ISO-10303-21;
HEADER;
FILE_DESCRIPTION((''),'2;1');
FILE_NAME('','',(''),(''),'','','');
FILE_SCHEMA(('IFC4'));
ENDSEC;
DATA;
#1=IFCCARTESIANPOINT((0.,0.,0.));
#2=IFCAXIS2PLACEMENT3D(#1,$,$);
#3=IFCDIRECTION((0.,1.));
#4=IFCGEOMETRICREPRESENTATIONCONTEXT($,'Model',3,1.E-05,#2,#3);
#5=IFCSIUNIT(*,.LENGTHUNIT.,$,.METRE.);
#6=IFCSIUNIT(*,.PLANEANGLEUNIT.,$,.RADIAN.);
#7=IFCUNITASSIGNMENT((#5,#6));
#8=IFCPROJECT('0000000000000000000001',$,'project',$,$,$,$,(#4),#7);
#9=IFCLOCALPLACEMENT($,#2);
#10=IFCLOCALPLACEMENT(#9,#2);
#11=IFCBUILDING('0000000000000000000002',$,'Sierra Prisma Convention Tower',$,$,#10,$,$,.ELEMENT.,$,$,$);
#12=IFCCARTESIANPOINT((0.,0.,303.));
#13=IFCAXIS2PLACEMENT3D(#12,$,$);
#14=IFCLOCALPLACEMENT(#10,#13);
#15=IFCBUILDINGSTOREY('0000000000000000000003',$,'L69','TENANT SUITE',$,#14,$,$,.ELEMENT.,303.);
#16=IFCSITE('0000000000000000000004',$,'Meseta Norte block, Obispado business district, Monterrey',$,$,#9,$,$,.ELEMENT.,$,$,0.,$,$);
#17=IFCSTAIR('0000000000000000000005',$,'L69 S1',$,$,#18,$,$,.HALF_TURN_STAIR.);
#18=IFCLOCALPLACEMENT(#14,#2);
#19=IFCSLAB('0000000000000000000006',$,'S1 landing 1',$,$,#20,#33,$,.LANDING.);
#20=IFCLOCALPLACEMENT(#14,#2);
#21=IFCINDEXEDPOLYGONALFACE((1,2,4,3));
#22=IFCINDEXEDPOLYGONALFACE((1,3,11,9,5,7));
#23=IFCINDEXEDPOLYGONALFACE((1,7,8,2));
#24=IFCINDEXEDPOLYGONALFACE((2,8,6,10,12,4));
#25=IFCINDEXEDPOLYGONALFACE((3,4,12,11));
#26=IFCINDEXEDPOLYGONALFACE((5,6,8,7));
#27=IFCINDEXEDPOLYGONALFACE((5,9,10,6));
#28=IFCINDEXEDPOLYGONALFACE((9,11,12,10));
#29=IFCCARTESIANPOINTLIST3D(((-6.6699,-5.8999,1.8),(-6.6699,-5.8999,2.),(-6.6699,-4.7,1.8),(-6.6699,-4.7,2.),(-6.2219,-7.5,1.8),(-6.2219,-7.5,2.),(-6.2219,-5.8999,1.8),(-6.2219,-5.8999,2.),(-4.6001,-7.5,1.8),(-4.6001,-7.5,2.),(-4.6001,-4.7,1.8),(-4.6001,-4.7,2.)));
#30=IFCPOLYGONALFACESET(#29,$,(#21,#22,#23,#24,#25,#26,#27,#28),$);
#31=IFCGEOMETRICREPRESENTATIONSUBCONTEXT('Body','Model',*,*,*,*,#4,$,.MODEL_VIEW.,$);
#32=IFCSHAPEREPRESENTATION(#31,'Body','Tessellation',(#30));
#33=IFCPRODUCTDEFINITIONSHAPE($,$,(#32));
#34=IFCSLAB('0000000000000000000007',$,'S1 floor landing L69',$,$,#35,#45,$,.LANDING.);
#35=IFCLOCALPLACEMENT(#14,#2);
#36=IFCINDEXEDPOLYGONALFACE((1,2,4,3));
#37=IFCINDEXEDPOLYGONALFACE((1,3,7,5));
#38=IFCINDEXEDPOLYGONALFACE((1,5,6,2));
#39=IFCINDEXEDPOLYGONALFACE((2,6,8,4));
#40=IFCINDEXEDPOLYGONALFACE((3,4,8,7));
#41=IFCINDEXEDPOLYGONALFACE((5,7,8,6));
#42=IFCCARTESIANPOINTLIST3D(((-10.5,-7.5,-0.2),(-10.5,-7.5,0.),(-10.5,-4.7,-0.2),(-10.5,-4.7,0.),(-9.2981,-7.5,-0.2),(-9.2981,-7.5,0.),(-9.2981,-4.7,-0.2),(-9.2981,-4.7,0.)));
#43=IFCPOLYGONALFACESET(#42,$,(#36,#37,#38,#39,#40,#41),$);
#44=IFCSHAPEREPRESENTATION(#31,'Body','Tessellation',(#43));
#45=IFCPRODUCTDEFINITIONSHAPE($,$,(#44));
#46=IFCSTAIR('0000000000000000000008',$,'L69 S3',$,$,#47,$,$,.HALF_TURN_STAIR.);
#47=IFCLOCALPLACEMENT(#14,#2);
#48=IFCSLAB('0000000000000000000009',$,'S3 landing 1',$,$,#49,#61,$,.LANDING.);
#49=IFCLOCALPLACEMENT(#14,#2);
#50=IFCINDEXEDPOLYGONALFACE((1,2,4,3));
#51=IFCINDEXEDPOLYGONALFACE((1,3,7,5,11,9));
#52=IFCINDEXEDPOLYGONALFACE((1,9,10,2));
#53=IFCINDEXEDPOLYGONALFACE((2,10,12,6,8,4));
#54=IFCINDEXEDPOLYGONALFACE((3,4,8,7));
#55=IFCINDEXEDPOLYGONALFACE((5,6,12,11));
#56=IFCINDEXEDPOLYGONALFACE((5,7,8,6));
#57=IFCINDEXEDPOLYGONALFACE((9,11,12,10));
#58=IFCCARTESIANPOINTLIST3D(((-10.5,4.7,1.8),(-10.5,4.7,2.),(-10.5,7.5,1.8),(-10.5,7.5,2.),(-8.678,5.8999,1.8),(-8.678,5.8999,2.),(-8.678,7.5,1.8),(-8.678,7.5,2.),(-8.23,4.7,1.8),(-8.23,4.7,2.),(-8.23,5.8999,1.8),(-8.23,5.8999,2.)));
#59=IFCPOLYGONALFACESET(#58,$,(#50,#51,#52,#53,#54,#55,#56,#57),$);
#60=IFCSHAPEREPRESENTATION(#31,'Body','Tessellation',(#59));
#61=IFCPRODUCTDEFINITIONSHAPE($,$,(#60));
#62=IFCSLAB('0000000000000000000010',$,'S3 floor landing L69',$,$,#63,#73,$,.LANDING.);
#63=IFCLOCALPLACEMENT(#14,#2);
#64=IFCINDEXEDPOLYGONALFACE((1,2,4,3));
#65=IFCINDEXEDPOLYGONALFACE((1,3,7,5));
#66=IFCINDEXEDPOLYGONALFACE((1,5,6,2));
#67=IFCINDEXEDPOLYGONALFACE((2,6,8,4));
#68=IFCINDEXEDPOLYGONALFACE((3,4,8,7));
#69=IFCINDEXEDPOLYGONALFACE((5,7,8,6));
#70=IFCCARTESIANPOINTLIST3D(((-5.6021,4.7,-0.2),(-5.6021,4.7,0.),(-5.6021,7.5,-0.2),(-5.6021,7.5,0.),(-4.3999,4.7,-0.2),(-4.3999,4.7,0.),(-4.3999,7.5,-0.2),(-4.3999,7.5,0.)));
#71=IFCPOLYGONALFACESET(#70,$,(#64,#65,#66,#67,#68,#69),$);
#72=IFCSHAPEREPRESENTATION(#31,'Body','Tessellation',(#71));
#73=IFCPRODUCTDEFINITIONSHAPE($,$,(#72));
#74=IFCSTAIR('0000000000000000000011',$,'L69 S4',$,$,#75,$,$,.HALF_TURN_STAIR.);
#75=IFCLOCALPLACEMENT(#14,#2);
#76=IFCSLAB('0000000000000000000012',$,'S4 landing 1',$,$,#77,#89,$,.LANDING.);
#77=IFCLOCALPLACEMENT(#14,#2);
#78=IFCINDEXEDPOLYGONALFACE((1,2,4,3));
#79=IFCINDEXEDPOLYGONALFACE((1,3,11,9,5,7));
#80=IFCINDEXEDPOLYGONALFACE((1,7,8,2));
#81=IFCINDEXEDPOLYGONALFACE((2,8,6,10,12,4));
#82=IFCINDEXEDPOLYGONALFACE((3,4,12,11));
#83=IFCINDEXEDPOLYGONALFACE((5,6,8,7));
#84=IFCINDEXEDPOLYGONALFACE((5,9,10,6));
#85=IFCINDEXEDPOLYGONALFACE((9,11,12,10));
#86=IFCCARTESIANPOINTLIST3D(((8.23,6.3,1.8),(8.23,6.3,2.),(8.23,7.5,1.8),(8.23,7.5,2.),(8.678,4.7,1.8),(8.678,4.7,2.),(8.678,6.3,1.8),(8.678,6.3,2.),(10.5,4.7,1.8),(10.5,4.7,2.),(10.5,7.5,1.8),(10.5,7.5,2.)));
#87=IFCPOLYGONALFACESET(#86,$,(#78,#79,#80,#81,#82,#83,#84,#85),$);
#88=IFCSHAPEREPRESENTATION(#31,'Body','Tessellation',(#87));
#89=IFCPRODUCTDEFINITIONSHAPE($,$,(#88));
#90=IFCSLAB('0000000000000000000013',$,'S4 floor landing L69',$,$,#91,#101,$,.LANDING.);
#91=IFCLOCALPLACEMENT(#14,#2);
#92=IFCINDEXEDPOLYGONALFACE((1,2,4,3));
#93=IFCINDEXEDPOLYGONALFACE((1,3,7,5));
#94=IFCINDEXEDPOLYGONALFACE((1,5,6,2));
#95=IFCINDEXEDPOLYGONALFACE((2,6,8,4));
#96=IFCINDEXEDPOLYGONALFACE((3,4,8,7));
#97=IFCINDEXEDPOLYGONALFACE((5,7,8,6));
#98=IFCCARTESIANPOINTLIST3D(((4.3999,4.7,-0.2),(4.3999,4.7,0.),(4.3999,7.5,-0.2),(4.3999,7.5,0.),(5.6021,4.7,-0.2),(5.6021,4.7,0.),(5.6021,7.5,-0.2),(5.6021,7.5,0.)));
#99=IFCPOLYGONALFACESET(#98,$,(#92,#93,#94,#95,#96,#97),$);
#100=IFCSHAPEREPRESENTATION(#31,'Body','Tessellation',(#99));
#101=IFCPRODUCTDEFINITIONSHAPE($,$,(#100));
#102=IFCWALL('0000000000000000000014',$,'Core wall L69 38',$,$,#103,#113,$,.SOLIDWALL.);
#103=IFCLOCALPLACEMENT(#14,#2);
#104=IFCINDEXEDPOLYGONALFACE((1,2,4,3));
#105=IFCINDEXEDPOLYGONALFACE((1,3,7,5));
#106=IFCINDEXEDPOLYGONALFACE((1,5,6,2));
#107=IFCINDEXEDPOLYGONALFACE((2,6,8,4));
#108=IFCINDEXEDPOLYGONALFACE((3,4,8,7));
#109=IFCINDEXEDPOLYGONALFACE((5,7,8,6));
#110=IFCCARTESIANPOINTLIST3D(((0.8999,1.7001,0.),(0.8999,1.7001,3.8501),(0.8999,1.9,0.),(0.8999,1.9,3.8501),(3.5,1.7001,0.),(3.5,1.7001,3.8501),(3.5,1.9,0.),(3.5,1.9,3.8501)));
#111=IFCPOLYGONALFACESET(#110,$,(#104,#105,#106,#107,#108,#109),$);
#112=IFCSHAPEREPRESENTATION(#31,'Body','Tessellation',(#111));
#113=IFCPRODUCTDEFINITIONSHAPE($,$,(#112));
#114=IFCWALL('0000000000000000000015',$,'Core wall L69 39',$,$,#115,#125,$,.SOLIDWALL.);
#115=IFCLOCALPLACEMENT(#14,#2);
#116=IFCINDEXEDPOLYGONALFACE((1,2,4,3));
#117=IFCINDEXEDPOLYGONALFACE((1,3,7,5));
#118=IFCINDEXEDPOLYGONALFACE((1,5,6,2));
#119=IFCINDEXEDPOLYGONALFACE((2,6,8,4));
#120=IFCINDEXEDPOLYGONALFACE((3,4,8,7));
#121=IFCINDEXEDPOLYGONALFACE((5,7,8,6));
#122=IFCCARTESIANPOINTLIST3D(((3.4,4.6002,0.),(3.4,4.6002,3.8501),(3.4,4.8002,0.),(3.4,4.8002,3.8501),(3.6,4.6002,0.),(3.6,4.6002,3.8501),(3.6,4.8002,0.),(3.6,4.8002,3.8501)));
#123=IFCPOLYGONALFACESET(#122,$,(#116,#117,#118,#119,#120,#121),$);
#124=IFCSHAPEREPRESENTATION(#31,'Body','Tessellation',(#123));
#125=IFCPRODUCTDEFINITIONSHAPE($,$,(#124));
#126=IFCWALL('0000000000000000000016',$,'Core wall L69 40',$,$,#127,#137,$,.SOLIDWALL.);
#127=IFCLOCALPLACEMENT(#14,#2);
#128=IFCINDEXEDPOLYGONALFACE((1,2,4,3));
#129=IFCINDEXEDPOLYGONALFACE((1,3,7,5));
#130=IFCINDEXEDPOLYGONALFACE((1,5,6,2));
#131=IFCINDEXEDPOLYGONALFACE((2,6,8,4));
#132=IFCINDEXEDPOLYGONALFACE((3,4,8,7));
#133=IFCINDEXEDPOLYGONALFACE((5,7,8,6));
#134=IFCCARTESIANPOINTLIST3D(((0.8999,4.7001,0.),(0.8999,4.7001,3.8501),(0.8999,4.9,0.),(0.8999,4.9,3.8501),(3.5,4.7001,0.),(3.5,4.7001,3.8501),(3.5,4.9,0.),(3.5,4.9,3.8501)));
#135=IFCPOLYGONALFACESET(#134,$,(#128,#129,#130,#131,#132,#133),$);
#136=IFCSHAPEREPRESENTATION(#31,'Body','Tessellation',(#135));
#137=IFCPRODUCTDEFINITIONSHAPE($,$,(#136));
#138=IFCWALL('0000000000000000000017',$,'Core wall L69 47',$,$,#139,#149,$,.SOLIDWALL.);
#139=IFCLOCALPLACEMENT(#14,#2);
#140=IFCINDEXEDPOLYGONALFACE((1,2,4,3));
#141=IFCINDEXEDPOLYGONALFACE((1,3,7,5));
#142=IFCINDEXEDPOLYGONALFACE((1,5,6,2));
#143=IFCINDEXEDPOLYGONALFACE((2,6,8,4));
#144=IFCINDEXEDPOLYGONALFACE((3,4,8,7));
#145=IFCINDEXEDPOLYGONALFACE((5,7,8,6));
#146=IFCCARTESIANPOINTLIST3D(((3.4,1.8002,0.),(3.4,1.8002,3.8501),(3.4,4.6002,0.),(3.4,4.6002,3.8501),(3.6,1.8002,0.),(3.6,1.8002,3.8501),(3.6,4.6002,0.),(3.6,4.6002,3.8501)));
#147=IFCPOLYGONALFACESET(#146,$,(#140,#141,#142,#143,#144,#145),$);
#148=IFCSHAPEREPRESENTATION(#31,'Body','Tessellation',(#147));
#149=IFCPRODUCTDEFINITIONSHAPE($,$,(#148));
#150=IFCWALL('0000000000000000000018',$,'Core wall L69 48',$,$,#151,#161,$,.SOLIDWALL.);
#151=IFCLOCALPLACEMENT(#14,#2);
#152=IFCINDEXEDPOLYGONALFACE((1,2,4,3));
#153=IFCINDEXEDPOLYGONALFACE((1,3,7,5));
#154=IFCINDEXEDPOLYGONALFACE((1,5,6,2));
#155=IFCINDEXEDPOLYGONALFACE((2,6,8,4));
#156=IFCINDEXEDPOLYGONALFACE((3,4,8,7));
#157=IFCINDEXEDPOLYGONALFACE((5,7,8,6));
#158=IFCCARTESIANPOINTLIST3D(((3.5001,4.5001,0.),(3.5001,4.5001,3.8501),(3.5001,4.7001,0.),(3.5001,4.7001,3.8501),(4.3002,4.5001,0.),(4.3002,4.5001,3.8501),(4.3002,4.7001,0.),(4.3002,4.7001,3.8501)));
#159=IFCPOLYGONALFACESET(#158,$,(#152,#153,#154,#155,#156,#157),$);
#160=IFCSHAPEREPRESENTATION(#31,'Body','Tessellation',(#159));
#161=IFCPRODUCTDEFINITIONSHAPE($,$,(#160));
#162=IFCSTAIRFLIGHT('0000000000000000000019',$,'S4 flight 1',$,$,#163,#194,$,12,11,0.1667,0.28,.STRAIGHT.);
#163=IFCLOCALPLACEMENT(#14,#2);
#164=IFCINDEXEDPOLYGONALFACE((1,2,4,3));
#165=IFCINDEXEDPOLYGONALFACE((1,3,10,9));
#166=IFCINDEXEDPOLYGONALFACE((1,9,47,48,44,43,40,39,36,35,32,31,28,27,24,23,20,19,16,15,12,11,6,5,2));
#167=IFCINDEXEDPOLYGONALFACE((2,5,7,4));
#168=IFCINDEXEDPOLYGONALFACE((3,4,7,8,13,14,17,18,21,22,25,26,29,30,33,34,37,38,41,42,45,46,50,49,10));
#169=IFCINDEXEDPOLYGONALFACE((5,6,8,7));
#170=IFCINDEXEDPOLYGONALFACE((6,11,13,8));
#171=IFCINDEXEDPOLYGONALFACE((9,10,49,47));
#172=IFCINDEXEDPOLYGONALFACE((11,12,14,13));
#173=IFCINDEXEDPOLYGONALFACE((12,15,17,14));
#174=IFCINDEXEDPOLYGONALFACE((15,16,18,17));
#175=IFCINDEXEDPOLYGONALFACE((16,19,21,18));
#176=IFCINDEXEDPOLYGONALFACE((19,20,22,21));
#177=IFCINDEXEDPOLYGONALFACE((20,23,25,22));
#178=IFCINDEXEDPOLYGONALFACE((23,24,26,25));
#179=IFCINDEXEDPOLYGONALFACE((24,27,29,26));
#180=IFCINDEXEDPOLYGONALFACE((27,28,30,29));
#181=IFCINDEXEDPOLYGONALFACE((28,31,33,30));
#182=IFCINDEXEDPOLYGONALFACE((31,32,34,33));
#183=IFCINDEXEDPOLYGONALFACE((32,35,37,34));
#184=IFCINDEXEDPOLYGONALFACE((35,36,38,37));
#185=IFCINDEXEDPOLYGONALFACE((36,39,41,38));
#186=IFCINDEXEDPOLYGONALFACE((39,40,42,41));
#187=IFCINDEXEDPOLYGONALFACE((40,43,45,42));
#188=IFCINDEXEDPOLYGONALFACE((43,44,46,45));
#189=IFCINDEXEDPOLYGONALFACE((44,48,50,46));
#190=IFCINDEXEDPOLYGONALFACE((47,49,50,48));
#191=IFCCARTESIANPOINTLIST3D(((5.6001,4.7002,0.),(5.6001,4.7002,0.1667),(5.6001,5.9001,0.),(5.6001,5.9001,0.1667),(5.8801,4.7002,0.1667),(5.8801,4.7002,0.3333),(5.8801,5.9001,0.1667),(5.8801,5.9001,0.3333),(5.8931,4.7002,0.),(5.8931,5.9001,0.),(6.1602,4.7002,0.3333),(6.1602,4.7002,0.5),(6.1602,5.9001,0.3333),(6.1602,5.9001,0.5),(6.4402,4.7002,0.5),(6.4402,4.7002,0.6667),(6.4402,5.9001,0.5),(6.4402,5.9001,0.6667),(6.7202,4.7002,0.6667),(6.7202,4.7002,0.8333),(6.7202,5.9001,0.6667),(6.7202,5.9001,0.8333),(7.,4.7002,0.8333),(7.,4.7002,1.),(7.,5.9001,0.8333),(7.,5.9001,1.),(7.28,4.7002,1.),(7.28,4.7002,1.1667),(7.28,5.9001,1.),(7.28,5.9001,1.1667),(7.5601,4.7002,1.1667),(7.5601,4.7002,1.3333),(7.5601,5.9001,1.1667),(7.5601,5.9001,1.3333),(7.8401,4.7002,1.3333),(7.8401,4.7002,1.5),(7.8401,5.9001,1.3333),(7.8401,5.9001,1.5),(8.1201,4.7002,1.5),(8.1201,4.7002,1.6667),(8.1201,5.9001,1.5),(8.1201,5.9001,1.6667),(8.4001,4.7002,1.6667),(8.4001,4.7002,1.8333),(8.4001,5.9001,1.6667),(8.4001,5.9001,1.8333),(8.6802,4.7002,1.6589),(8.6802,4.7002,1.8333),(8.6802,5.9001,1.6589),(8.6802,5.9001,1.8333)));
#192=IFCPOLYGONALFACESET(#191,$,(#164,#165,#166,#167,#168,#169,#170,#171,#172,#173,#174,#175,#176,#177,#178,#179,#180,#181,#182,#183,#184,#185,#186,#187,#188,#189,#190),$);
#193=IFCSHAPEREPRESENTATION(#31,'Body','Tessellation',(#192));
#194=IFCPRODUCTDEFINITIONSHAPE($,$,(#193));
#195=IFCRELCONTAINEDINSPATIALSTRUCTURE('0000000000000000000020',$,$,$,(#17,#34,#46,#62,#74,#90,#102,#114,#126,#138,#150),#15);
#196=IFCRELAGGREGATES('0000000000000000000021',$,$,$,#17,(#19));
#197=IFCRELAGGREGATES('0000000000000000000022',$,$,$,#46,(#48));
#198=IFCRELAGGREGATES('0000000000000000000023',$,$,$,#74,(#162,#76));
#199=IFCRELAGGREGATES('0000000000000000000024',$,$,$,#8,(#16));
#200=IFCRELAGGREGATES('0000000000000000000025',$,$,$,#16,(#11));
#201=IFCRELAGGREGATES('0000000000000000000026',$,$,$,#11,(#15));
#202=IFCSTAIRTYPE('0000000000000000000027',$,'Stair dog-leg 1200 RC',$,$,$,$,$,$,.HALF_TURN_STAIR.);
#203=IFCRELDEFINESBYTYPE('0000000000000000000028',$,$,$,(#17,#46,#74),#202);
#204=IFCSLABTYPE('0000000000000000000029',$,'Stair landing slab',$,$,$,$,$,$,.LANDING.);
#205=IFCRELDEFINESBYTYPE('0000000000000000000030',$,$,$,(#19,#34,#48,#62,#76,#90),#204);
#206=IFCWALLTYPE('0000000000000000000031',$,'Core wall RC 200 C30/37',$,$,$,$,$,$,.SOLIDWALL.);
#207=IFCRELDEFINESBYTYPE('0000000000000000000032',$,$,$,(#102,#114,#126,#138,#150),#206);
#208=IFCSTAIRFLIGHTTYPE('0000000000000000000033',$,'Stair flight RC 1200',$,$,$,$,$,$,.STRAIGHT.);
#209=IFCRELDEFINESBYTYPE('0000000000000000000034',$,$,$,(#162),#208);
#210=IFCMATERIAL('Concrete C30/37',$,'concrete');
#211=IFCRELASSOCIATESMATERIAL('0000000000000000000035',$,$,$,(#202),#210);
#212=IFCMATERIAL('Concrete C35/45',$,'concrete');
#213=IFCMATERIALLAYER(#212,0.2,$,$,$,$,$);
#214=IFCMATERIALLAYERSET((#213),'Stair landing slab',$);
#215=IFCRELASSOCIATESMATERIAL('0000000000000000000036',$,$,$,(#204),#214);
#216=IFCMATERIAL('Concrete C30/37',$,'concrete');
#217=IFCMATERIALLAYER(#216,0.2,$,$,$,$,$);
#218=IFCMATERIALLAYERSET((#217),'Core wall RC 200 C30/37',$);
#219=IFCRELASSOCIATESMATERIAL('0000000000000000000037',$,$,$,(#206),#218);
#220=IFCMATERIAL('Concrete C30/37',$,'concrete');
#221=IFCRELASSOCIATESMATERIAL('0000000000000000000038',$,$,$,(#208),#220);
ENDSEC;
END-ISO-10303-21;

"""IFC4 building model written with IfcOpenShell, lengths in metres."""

from ifc_helpers import new_model, si_unit, direction, frame, frame_2d, origin, place, context, subcontext, project, spatial, polyline, rectangle, outline, extrude, material, layer, layer_set, type_object, element, aggregate, save


model = new_model("IFC4")

# Units and contexts
model_context = context("Model", 3, precision=1e-05, world=origin(), true_north=direction((0.0, 1.0)))
body_context = subcontext(model_context, "Body", "Model", "MODEL_VIEW")
ifc_project = project(units=[si_unit("LENGTHUNIT", "METRE"), si_unit("PLANEANGLEUNIT", "RADIAN")], contexts=[model_context])

# Site, building, storey
site_placement = place(None, origin())
site = spatial("IfcSite", under=ifc_project, at=site_placement, Name="Meseta Norte block, Obispado business district, Monterrey", CompositionType="ELEMENT", RefElevation=0.0)
building_placement = place(site_placement, origin())
building = spatial("IfcBuilding", under=site, at=building_placement, Name="Sierra Prisma Convention Tower", CompositionType="ELEMENT")
storey_placement = place(building_placement, frame((0.0, 0.0, 303.0)))
storey = spatial("IfcBuildingStorey", under=building, at=storey_placement, Name="L69", Description="TENANT SUITE", CompositionType="ELEMENT", Elevation=303.0)

# Stair, slab
ifc_material_1 = material(Name="Concrete C30/37", Category="concrete")
stair_type = type_object("IfcStairType", Name="Stair dog-leg 1200 RC", PredefinedType="HALF_TURN_STAIR", material=ifc_material_1)
stair_1_placement = place(storey_placement, origin())
stair_1 = element("IfcStair", 1, at=stair_1_placement, inside=storey, type_object=stair_type, Name="L69 S1", PredefinedType="HALF_TURN_STAIR")
ifc_material_2 = material(Name="Concrete C35/45", Category="concrete")
ifc_layer_1 = layer(ifc_material_2, 0.2)
ifc_layer_set_1 = layer_set([ifc_layer_1], Name="Stair landing slab")
slab_type = type_object("IfcSlabType", Name="Stair landing slab", PredefinedType="LANDING", material=ifc_layer_set_1)
slab_1_placement = place(storey_placement, frame((0.0, 0.0, 1.8)))
slab_1 = element("IfcSlab", 2, at=slab_1_placement, type_object=slab_type, Name="S1 landing 1", PredefinedType="LANDING", context=body_context, shape_type="SweptSolid", body=[
    extrude(outline(polyline([(-4.6001, -4.7), (-4.6001, -7.5), (-6.2219, -7.5), (-6.2219, -5.8999), (-6.6699, -5.8999), (-6.6699, -4.7), (-4.6001, -4.7)])), origin(), (0.0, 0.0, 1.0), 0.2),
])
aggregate(stair_1, [slab_1])

# Slab
slab_2_placement = place(storey_placement, frame((0.0, 0.0, -0.2)))
element("IfcSlab", 3, at=slab_2_placement, inside=storey, type_object=slab_type, Name="S1 floor landing L69", PredefinedType="LANDING", context=body_context, shape_type="SweptSolid", body=[
    extrude(outline(polyline([(-10.5, -7.5), (-9.2981, -7.5), (-9.2981, -4.7), (-10.5, -4.7), (-10.5, -7.5)])), origin(), (0.0, 0.0, 1.0), 0.2),
])

# Stair, slab
stair_2_placement = place(storey_placement, origin())
stair_2 = element("IfcStair", 4, at=stair_2_placement, inside=storey, type_object=stair_type, Name="L69 S3", PredefinedType="HALF_TURN_STAIR")
slab_3_placement = place(storey_placement, frame((0.0, 0.0, 1.8)))
slab_3 = element("IfcSlab", 5, at=slab_3_placement, type_object=slab_type, Name="S3 landing 1", PredefinedType="LANDING", context=body_context, shape_type="SweptSolid", body=[
    extrude(outline(polyline([(-8.23, 5.8999), (-8.23, 4.7), (-10.5, 4.7), (-10.5, 7.5), (-8.678, 7.5), (-8.678, 5.8999), (-8.23, 5.8999)])), origin(), (0.0, 0.0, 1.0), 0.2),
])
aggregate(stair_2, [slab_3])

# Slab
slab_4_placement = place(storey_placement, frame((0.0, 0.0, -0.2)))
element("IfcSlab", 6, at=slab_4_placement, inside=storey, type_object=slab_type, Name="S3 floor landing L69", PredefinedType="LANDING", context=body_context, shape_type="SweptSolid", body=[
    extrude(outline(polyline([(-4.3999, 7.5), (-5.6021, 7.5), (-5.6021, 4.7), (-4.3999, 4.7), (-4.3999, 7.5)])), origin(), (0.0, 0.0, 1.0), 0.2),
])

# Stair, slab
stair_3_placement = place(storey_placement, origin())
stair_3 = element("IfcStair", 7, at=stair_3_placement, inside=storey, type_object=stair_type, Name="L69 S4", PredefinedType="HALF_TURN_STAIR")
slab_5_placement = place(storey_placement, frame((0.0, 0.0, 1.8)))
slab_5 = element("IfcSlab", 8, at=slab_5_placement, type_object=slab_type, Name="S4 landing 1", PredefinedType="LANDING", context=body_context, shape_type="SweptSolid", body=[
    extrude(outline(polyline([(10.5, 7.5), (10.5, 4.7), (8.678, 4.7), (8.678, 6.3), (8.23, 6.3), (8.23, 7.5), (10.5, 7.5)])), origin(), (0.0, 0.0, 1.0), 0.2),
])

# Slab
slab_6_placement = place(storey_placement, frame((0.0, 0.0, -0.2)))
element("IfcSlab", 9, at=slab_6_placement, inside=storey, type_object=slab_type, Name="S4 floor landing L69", PredefinedType="LANDING", context=body_context, shape_type="SweptSolid", body=[
    extrude(outline(polyline([(4.3999, 4.7), (5.6021, 4.7), (5.6021, 7.5), (4.3999, 7.5), (4.3999, 4.7)])), origin(), (0.0, 0.0, 1.0), 0.2),
])

# Shared definitions
ifc_material_3 = material(Name="Concrete C30/37", Category="concrete")
ifc_layer_2 = layer(ifc_material_3, 0.2)
ifc_layer_set_2 = layer_set([ifc_layer_2], Name="Core wall RC 200 C30/37")
wall_type = type_object("IfcWallType", Name="Core wall RC 200 C30/37", PredefinedType="SOLIDWALL", material=ifc_layer_set_2)

# Walls
wall_1_placement = place(storey_placement, frame((3.5, 1.8, 0.0), z_axis=(0.0, 0.0, 1.0), x_axis=(-1.0, 0.0, 0.0)))
element("IfcWall", 10, at=wall_1_placement, inside=storey, type_object=wall_type, Name="Core wall L69 38", PredefinedType="SOLIDWALL", context=body_context, shape_type="SweptSolid", body=[
    extrude(rectangle(XDim=2.6001, YDim=0.2, at=frame_2d((1.3, 0.0))), origin(), (0.0, 0.0, 1.0), 3.8501),
])
wall_2_placement = place(storey_placement, frame((3.5, 4.6001, 0.0), z_axis=(0.0, 0.0, 1.0), x_axis=(0.0, 1.0, 0.0)))
element("IfcWall", 11, at=wall_2_placement, inside=storey, type_object=wall_type, Name="Core wall L69 39", PredefinedType="SOLIDWALL", context=body_context, shape_type="SweptSolid", body=[
    extrude(rectangle(XDim=0.2, YDim=0.2, at=frame_2d((0.1001, 0.0))), origin(), (0.0, 0.0, 1.0), 3.8501),
])
wall_3_placement = place(storey_placement, frame((3.5, 4.8, 0.0), z_axis=(0.0, 0.0, 1.0), x_axis=(-1.0, 0.0, 0.0)))
element("IfcWall", 12, at=wall_3_placement, inside=storey, type_object=wall_type, Name="Core wall L69 40", PredefinedType="SOLIDWALL", context=body_context, shape_type="SweptSolid", body=[
    extrude(rectangle(XDim=2.6001, YDim=0.2, at=frame_2d((1.3, 0.0))), origin(), (0.0, 0.0, 1.0), 3.8501),
])

# Walls
wall_4_placement = place(storey_placement, frame((3.5, 4.6001, 0.0), z_axis=(0.0, 0.0, 1.0), x_axis=(0.0, -1.0, 0.0)))
element("IfcWall", 13, at=wall_4_placement, inside=storey, type_object=wall_type, Name="Core wall L69 47", PredefinedType="SOLIDWALL", context=body_context, shape_type="SweptSolid", body=[
    extrude(rectangle(XDim=2.8, YDim=0.2, at=frame_2d((1.3999, 0.0))), origin(), (0.0, 0.0, 1.0), 3.8501),
])
wall_5_placement = place(storey_placement, frame((4.3, 4.6001, 0.0), z_axis=(0.0, 0.0, 1.0), x_axis=(-1.0, 0.0, 0.0)))
element("IfcWall", 14, at=wall_5_placement, inside=storey, type_object=wall_type, Name="Core wall L69 48", PredefinedType="SOLIDWALL", context=body_context, shape_type="SweptSolid", body=[
    extrude(rectangle(XDim=0.8, YDim=0.2, at=frame_2d((0.3999, 0.0))), origin(), (0.0, 0.0, 1.0), 3.8501),
])

# Stair flight
ifc_material_4 = material(Name="Concrete C30/37", Category="concrete")
stair_flight_type = type_object("IfcStairFlightType", Name="Stair flight RC 1200", PredefinedType="STRAIGHT", material=ifc_material_4)
stair_flight_placement = place(storey_placement, frame((5.6001, 5.3, 0.0), z_axis=(0.0, 0.0, 1.0), x_axis=(1.0, 0.0, 0.0)))
stair_flight = element("IfcStairFlight", 15, at=stair_flight_placement, type_object=stair_flight_type, Name="S4 flight 1", NumberOfRisers=12, NumberOfTreads=11, PredefinedType="STRAIGHT", RiserHeight=0.1667, TreadLength=0.28, context=body_context, shape_type="SweptSolid", body=[
    extrude(outline(polyline([(0.0, 0.0), (0.0, 0.1667), (0.28, 0.1667), (0.28, 0.3333), (0.5601, 0.3333), (0.5601, 0.5), (0.8401, 0.5), (0.8401, 0.6667), (1.1201, 0.6667), (1.1201, 0.8333), (1.3999, 0.8333), (1.3999, 1.0), (1.6799, 1.0), (1.6799, 1.1667), (1.96, 1.1667), (1.96, 1.3333), (2.24, 1.3333), (2.24, 1.5), (2.52, 1.5), (2.52, 1.6667), (2.8, 1.6667), (2.8, 1.8333), (3.0801, 1.8333), (3.0801, 2.0), (3.0801, 1.6589), (0.293, 0.0), (0.0, 0.0)])), frame((0.0, 0.6001, 0.0), z_axis=(0.0, -1.0, 0.0), x_axis=(1.0, 0.0, 0.0)), (0.0, 0.0, 1.0), 1.2),
])
aggregate(stair_3, [stair_flight, slab_5])

save(model, "model.ifc")
